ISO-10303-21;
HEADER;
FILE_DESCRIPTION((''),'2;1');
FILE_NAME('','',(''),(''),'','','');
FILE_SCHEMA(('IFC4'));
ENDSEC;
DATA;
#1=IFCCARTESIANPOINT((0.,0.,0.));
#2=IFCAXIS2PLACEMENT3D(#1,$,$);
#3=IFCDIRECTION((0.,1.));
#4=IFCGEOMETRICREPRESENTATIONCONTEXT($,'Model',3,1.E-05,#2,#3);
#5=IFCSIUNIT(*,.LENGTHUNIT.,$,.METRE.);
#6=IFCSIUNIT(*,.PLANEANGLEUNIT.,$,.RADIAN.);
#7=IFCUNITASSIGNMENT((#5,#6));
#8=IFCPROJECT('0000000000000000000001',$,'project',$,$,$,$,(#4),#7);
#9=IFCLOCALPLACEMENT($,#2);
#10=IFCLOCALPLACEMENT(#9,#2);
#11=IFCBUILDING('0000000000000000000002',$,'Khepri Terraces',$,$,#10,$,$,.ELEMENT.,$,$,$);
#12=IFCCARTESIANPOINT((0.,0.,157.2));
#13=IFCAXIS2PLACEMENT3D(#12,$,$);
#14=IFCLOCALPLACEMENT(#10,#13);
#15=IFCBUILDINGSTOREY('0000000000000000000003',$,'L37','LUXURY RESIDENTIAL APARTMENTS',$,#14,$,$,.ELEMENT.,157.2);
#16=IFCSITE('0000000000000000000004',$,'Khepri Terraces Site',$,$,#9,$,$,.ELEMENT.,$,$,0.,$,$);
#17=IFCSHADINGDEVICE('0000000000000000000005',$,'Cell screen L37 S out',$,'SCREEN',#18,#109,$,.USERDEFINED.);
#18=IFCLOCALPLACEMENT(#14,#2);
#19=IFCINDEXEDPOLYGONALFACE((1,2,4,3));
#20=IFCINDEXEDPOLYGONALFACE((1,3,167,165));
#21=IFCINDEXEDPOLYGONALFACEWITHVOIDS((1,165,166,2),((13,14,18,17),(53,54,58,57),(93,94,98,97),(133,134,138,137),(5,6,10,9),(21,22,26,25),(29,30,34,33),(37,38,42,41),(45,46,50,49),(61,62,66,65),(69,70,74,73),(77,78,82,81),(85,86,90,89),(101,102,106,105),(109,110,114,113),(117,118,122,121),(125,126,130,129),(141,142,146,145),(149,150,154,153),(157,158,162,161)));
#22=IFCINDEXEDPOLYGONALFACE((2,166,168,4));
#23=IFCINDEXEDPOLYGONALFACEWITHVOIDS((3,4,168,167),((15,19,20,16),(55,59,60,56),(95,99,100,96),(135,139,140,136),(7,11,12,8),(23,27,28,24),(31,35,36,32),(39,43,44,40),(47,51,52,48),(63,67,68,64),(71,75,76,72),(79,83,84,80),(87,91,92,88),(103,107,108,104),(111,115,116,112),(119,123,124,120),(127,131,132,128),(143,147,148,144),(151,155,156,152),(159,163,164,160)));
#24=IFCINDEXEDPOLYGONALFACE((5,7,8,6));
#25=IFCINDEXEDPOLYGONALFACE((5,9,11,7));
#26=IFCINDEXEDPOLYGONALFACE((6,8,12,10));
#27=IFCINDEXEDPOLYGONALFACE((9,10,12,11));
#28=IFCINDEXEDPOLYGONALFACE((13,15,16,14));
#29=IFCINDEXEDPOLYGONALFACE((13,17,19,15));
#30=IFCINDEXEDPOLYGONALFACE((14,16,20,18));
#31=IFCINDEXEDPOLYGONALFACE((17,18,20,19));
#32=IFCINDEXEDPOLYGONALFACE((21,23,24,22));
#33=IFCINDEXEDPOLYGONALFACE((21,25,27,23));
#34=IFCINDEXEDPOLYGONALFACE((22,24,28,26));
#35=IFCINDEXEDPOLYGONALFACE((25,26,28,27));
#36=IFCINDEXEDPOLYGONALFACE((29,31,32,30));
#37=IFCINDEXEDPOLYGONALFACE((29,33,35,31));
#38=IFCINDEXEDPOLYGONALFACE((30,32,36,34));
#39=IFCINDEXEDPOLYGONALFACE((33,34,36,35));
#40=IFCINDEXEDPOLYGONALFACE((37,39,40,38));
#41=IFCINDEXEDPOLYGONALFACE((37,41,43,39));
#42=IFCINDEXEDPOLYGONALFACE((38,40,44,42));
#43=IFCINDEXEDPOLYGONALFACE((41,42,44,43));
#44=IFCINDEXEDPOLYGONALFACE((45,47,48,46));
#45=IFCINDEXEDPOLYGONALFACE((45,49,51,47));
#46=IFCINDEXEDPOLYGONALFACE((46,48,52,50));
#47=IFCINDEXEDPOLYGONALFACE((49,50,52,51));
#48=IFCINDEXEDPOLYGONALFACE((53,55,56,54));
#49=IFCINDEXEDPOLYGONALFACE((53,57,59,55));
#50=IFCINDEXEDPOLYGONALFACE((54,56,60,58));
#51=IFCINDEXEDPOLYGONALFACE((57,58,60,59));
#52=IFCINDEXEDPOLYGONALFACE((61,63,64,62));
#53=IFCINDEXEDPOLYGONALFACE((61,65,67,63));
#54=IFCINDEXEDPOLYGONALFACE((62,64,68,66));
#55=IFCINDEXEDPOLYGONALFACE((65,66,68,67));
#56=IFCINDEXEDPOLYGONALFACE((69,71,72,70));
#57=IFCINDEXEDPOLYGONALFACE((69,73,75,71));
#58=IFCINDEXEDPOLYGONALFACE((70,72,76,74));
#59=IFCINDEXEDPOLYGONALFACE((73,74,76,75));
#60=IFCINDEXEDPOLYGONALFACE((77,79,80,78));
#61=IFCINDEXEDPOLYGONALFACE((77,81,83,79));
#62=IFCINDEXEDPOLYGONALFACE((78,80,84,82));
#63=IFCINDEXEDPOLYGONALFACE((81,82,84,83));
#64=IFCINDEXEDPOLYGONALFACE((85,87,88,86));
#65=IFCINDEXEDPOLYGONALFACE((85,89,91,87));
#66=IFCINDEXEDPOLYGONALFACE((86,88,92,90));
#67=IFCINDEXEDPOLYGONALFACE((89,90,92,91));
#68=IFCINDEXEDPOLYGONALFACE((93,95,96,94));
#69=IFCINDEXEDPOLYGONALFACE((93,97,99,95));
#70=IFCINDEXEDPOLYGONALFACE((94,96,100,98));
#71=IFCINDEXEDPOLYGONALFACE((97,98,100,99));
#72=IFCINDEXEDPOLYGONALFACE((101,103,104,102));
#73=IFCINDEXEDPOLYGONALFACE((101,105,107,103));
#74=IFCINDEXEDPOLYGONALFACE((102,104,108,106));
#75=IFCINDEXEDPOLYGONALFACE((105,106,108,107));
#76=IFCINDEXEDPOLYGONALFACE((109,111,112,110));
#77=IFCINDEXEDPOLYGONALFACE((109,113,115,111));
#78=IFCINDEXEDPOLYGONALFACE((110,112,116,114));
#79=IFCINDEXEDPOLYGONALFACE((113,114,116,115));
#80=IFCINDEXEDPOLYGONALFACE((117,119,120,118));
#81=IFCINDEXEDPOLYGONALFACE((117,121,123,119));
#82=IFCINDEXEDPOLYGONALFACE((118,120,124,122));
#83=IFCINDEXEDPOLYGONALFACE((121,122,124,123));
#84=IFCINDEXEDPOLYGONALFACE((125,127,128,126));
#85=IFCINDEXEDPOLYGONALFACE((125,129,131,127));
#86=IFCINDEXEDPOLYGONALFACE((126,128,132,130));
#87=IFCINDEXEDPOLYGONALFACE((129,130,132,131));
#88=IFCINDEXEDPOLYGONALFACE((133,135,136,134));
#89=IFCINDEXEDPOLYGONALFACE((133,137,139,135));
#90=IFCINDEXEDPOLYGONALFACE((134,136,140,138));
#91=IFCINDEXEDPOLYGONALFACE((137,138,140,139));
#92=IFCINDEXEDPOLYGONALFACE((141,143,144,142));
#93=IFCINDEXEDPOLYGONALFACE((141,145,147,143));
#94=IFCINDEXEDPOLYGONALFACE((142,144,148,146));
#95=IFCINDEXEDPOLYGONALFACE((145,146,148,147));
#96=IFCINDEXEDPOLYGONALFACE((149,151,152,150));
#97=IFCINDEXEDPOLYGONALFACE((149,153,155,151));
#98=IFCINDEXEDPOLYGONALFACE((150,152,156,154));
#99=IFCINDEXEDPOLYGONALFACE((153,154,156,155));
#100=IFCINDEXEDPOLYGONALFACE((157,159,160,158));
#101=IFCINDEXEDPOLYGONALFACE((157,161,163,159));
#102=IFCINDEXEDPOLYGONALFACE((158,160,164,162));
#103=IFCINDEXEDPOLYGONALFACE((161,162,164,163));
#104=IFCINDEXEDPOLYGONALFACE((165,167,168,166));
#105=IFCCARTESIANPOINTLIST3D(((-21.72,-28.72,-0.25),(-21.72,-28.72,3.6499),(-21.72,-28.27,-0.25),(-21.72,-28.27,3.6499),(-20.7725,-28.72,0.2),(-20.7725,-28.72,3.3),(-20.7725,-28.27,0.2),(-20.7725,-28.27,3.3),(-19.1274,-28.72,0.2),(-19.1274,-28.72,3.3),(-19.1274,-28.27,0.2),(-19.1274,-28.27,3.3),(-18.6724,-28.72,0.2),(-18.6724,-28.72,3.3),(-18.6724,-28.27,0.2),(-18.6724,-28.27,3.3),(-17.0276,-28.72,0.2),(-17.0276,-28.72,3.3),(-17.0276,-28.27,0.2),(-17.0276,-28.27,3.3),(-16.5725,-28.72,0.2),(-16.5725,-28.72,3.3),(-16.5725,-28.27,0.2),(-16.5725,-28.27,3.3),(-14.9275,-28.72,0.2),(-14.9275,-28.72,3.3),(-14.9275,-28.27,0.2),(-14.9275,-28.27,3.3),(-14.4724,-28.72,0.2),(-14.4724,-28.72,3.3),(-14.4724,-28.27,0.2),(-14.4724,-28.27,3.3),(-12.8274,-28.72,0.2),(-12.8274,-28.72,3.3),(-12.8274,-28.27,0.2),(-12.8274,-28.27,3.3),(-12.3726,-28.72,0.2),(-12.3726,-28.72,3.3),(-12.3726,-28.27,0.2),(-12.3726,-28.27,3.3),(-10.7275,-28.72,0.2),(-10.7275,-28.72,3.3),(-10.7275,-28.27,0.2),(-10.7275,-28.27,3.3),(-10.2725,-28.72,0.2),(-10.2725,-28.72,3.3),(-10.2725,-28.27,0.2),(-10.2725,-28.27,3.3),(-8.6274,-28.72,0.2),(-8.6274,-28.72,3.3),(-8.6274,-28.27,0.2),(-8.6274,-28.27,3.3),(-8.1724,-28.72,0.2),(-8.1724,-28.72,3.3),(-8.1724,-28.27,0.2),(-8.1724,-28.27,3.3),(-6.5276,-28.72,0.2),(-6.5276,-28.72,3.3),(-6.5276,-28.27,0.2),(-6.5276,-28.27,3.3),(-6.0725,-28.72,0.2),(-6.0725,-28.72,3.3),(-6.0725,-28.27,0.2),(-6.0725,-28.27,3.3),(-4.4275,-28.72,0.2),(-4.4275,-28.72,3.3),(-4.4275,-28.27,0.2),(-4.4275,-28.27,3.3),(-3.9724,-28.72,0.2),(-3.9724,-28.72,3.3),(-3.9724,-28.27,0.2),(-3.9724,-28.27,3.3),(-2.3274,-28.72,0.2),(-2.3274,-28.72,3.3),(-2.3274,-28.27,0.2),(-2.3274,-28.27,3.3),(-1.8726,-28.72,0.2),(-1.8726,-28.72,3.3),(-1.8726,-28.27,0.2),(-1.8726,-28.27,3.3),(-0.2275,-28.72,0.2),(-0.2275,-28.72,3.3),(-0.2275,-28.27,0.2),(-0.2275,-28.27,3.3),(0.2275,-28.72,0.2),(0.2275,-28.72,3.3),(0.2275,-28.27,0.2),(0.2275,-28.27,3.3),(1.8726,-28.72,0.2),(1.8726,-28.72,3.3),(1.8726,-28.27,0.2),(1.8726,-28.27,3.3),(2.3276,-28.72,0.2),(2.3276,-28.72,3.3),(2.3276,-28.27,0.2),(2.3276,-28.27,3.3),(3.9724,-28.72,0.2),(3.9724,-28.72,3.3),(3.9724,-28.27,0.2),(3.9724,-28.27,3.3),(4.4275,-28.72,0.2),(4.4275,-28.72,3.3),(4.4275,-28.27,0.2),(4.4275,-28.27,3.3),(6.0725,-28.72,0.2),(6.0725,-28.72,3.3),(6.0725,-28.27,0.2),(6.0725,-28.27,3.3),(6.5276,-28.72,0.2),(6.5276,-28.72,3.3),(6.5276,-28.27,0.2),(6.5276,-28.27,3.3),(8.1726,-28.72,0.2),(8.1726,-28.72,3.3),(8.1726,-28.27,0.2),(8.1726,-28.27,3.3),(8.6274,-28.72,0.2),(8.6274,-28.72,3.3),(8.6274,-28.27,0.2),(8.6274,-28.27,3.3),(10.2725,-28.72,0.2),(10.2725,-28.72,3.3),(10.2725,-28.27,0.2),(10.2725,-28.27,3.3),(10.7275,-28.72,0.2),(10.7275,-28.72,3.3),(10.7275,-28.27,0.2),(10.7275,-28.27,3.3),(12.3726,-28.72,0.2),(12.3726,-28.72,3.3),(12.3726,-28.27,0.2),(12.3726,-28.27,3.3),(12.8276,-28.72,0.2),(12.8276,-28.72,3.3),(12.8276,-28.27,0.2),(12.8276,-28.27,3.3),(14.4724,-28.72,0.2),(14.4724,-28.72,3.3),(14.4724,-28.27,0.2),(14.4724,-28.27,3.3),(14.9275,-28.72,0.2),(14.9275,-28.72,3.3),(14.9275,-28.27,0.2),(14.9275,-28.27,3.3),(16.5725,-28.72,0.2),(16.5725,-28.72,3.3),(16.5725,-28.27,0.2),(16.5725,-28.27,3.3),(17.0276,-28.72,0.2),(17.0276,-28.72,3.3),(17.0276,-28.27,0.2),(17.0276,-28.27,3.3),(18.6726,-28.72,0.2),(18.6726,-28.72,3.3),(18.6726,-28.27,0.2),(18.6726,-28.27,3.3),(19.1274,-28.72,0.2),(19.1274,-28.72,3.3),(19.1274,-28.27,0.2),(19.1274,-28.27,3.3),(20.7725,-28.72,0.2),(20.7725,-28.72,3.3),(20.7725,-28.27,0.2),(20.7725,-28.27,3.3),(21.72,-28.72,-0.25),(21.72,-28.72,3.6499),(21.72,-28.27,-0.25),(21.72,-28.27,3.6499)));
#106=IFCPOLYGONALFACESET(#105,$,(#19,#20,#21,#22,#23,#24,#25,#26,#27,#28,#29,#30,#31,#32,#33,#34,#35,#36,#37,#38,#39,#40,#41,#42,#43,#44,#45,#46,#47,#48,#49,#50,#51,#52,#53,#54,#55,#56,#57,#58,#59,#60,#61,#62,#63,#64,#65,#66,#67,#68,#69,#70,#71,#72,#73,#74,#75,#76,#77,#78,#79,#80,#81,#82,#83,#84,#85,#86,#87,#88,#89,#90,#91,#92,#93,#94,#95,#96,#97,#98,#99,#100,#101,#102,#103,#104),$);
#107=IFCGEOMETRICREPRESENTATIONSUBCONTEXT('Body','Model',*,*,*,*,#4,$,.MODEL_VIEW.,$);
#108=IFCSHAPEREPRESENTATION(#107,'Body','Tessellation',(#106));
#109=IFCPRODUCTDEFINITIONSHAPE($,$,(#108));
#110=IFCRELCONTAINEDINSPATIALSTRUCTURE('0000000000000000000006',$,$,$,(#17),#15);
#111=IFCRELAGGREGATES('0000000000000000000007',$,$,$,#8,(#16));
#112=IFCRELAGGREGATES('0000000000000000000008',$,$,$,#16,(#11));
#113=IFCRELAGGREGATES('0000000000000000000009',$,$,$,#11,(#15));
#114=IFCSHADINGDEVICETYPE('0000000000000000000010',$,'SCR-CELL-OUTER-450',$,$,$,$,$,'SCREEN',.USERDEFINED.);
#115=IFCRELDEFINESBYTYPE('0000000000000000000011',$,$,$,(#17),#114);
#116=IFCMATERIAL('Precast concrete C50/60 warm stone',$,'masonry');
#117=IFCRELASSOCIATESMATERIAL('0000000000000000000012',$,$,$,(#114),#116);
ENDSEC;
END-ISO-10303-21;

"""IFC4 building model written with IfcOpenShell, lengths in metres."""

from ifc_helpers import new_model, si_unit, direction, frame, origin, place, context, subcontext, project, spatial, polyline, outline, extrude, material, type_object, element, save


model = new_model("IFC4")

# Units and contexts
model_context = context("Model", 3, precision=1e-05, world=origin(), true_north=direction((0.0, 1.0)))
body_context = subcontext(model_context, "Body", "Model", "MODEL_VIEW")
ifc_project = project(units=[si_unit("LENGTHUNIT", "METRE"), si_unit("PLANEANGLEUNIT", "RADIAN")], contexts=[model_context])

# Site, building, storey
site_placement = place(None, origin())
site = spatial("IfcSite", under=ifc_project, at=site_placement, Name="Khepri Terraces Site", CompositionType="ELEMENT", RefElevation=0.0)
building_placement = place(site_placement, origin())
building = spatial("IfcBuilding", under=site, at=building_placement, Name="Khepri Terraces", CompositionType="ELEMENT")
storey_placement = place(building_placement, frame((0.0, 0.0, 157.2)))
storey = spatial("IfcBuildingStorey", under=building, at=storey_placement, Name="L37", Description="LUXURY RESIDENTIAL APARTMENTS", CompositionType="ELEMENT", Elevation=157.2)

# Shared definitions
ifc_material_1 = material(Name="Precast concrete C50/60 warm stone", Category="masonry")

# Shading device
shading_device_type_1 = type_object("IfcShadingDeviceType", Name="SCR-CELL-OUTER-450", ElementType="SCREEN", PredefinedType="USERDEFINED", material=ifc_material_1)
shading_device_1_placement = place(storey_placement, frame((-21.72, -28.27, -0.25), z_axis=(0.0, -1.0, 0.0), x_axis=(1.0, 0.0, 0.0)))
element("IfcShadingDevice", 1, at=shading_device_1_placement, inside=storey, type_object=shading_device_type_1, Name="Cell screen L37 S out", ObjectType="SCREEN", PredefinedType="USERDEFINED", context=body_context, shape_type="SweptSolid", body=[
    extrude(outline(polyline([(0.0, 0.0), (43.4399, 0.0), (43.4399, 3.8999), (0.0, 3.8999), (0.0, 0.0)]), holes=[polyline([(0.9475, 0.45), (2.5925, 0.45), (2.5925, 3.55), (0.9475, 3.55), (0.9475, 0.45)]), polyline([(3.0476, 0.45), (4.6924, 0.45), (4.6924, 3.55), (3.0476, 3.55), (3.0476, 0.45)]), polyline([(5.1475, 0.45), (6.7925, 0.45), (6.7925, 3.55), (5.1475, 3.55), (5.1475, 0.45)]), polyline([(7.2476, 0.45), (8.8926, 0.45), (8.8926, 3.55), (7.2476, 3.55), (7.2476, 0.45)]), polyline([(9.3474, 0.45), (10.9924, 0.45), (10.9924, 3.55), (9.3474, 3.55), (9.3474, 0.45)]), polyline([(11.4475, 0.45), (13.0925, 0.45), (13.0925, 3.55), (11.4475, 3.55), (11.4475, 0.45)]), polyline([(13.5476, 0.45), (15.1924, 0.45), (15.1924, 3.55), (13.5476, 3.55), (13.5476, 0.45)]), polyline([(15.6475, 0.45), (17.2925, 0.45), (17.2925, 3.55), (15.6475, 3.55), (15.6475, 0.45)]), polyline([(17.7476, 0.45), (19.3926, 0.45), (19.3926, 3.55), (17.7476, 3.55), (17.7476, 0.45)]), polyline([(19.8474, 0.45), (21.4924, 0.45), (21.4924, 3.55), (19.8474, 3.55), (19.8474, 0.45)]), polyline([(21.9475, 0.45), (23.5925, 0.45), (23.5925, 3.55), (21.9475, 3.55), (21.9475, 0.45)]), polyline([(24.0476, 0.45), (25.6924, 0.45), (25.6924, 3.55), (24.0476, 3.55), (24.0476, 0.45)]), polyline([(26.1475, 0.45), (27.7925, 0.45), (27.7925, 3.55), (26.1475, 3.55), (26.1475, 0.45)]), polyline([(28.2476, 0.45), (29.8926, 0.45), (29.8926, 3.55), (28.2476, 3.55), (28.2476, 0.45)]), polyline([(30.3474, 0.45), (31.9924, 0.45), (31.9924, 3.55), (30.3474, 3.55), (30.3474, 0.45)]), polyline([(32.4475, 0.45), (34.0925, 0.45), (34.0925, 3.55), (32.4475, 3.55), (32.4475, 0.45)]), polyline([(34.5476, 0.45), (36.1924, 0.45), (36.1924, 3.55), (34.5476, 3.55), (34.5476, 0.45)]), polyline([(36.6475, 0.45), (38.2925, 0.45), (38.2925, 3.55), (36.6475, 3.55), (36.6475, 0.45)]), polyline([(38.7476, 0.45), (40.3926, 0.45), (40.3926, 3.55), (38.7476, 3.55), (38.7476, 0.45)]), polyline([(40.8474, 0.45), (42.4924, 0.45), (42.4924, 3.55), (40.8474, 3.55), (40.8474, 0.45)])]), origin(), (0.0, 0.0, 1.0), 0.45),
])

save(model, "model.ifc")
